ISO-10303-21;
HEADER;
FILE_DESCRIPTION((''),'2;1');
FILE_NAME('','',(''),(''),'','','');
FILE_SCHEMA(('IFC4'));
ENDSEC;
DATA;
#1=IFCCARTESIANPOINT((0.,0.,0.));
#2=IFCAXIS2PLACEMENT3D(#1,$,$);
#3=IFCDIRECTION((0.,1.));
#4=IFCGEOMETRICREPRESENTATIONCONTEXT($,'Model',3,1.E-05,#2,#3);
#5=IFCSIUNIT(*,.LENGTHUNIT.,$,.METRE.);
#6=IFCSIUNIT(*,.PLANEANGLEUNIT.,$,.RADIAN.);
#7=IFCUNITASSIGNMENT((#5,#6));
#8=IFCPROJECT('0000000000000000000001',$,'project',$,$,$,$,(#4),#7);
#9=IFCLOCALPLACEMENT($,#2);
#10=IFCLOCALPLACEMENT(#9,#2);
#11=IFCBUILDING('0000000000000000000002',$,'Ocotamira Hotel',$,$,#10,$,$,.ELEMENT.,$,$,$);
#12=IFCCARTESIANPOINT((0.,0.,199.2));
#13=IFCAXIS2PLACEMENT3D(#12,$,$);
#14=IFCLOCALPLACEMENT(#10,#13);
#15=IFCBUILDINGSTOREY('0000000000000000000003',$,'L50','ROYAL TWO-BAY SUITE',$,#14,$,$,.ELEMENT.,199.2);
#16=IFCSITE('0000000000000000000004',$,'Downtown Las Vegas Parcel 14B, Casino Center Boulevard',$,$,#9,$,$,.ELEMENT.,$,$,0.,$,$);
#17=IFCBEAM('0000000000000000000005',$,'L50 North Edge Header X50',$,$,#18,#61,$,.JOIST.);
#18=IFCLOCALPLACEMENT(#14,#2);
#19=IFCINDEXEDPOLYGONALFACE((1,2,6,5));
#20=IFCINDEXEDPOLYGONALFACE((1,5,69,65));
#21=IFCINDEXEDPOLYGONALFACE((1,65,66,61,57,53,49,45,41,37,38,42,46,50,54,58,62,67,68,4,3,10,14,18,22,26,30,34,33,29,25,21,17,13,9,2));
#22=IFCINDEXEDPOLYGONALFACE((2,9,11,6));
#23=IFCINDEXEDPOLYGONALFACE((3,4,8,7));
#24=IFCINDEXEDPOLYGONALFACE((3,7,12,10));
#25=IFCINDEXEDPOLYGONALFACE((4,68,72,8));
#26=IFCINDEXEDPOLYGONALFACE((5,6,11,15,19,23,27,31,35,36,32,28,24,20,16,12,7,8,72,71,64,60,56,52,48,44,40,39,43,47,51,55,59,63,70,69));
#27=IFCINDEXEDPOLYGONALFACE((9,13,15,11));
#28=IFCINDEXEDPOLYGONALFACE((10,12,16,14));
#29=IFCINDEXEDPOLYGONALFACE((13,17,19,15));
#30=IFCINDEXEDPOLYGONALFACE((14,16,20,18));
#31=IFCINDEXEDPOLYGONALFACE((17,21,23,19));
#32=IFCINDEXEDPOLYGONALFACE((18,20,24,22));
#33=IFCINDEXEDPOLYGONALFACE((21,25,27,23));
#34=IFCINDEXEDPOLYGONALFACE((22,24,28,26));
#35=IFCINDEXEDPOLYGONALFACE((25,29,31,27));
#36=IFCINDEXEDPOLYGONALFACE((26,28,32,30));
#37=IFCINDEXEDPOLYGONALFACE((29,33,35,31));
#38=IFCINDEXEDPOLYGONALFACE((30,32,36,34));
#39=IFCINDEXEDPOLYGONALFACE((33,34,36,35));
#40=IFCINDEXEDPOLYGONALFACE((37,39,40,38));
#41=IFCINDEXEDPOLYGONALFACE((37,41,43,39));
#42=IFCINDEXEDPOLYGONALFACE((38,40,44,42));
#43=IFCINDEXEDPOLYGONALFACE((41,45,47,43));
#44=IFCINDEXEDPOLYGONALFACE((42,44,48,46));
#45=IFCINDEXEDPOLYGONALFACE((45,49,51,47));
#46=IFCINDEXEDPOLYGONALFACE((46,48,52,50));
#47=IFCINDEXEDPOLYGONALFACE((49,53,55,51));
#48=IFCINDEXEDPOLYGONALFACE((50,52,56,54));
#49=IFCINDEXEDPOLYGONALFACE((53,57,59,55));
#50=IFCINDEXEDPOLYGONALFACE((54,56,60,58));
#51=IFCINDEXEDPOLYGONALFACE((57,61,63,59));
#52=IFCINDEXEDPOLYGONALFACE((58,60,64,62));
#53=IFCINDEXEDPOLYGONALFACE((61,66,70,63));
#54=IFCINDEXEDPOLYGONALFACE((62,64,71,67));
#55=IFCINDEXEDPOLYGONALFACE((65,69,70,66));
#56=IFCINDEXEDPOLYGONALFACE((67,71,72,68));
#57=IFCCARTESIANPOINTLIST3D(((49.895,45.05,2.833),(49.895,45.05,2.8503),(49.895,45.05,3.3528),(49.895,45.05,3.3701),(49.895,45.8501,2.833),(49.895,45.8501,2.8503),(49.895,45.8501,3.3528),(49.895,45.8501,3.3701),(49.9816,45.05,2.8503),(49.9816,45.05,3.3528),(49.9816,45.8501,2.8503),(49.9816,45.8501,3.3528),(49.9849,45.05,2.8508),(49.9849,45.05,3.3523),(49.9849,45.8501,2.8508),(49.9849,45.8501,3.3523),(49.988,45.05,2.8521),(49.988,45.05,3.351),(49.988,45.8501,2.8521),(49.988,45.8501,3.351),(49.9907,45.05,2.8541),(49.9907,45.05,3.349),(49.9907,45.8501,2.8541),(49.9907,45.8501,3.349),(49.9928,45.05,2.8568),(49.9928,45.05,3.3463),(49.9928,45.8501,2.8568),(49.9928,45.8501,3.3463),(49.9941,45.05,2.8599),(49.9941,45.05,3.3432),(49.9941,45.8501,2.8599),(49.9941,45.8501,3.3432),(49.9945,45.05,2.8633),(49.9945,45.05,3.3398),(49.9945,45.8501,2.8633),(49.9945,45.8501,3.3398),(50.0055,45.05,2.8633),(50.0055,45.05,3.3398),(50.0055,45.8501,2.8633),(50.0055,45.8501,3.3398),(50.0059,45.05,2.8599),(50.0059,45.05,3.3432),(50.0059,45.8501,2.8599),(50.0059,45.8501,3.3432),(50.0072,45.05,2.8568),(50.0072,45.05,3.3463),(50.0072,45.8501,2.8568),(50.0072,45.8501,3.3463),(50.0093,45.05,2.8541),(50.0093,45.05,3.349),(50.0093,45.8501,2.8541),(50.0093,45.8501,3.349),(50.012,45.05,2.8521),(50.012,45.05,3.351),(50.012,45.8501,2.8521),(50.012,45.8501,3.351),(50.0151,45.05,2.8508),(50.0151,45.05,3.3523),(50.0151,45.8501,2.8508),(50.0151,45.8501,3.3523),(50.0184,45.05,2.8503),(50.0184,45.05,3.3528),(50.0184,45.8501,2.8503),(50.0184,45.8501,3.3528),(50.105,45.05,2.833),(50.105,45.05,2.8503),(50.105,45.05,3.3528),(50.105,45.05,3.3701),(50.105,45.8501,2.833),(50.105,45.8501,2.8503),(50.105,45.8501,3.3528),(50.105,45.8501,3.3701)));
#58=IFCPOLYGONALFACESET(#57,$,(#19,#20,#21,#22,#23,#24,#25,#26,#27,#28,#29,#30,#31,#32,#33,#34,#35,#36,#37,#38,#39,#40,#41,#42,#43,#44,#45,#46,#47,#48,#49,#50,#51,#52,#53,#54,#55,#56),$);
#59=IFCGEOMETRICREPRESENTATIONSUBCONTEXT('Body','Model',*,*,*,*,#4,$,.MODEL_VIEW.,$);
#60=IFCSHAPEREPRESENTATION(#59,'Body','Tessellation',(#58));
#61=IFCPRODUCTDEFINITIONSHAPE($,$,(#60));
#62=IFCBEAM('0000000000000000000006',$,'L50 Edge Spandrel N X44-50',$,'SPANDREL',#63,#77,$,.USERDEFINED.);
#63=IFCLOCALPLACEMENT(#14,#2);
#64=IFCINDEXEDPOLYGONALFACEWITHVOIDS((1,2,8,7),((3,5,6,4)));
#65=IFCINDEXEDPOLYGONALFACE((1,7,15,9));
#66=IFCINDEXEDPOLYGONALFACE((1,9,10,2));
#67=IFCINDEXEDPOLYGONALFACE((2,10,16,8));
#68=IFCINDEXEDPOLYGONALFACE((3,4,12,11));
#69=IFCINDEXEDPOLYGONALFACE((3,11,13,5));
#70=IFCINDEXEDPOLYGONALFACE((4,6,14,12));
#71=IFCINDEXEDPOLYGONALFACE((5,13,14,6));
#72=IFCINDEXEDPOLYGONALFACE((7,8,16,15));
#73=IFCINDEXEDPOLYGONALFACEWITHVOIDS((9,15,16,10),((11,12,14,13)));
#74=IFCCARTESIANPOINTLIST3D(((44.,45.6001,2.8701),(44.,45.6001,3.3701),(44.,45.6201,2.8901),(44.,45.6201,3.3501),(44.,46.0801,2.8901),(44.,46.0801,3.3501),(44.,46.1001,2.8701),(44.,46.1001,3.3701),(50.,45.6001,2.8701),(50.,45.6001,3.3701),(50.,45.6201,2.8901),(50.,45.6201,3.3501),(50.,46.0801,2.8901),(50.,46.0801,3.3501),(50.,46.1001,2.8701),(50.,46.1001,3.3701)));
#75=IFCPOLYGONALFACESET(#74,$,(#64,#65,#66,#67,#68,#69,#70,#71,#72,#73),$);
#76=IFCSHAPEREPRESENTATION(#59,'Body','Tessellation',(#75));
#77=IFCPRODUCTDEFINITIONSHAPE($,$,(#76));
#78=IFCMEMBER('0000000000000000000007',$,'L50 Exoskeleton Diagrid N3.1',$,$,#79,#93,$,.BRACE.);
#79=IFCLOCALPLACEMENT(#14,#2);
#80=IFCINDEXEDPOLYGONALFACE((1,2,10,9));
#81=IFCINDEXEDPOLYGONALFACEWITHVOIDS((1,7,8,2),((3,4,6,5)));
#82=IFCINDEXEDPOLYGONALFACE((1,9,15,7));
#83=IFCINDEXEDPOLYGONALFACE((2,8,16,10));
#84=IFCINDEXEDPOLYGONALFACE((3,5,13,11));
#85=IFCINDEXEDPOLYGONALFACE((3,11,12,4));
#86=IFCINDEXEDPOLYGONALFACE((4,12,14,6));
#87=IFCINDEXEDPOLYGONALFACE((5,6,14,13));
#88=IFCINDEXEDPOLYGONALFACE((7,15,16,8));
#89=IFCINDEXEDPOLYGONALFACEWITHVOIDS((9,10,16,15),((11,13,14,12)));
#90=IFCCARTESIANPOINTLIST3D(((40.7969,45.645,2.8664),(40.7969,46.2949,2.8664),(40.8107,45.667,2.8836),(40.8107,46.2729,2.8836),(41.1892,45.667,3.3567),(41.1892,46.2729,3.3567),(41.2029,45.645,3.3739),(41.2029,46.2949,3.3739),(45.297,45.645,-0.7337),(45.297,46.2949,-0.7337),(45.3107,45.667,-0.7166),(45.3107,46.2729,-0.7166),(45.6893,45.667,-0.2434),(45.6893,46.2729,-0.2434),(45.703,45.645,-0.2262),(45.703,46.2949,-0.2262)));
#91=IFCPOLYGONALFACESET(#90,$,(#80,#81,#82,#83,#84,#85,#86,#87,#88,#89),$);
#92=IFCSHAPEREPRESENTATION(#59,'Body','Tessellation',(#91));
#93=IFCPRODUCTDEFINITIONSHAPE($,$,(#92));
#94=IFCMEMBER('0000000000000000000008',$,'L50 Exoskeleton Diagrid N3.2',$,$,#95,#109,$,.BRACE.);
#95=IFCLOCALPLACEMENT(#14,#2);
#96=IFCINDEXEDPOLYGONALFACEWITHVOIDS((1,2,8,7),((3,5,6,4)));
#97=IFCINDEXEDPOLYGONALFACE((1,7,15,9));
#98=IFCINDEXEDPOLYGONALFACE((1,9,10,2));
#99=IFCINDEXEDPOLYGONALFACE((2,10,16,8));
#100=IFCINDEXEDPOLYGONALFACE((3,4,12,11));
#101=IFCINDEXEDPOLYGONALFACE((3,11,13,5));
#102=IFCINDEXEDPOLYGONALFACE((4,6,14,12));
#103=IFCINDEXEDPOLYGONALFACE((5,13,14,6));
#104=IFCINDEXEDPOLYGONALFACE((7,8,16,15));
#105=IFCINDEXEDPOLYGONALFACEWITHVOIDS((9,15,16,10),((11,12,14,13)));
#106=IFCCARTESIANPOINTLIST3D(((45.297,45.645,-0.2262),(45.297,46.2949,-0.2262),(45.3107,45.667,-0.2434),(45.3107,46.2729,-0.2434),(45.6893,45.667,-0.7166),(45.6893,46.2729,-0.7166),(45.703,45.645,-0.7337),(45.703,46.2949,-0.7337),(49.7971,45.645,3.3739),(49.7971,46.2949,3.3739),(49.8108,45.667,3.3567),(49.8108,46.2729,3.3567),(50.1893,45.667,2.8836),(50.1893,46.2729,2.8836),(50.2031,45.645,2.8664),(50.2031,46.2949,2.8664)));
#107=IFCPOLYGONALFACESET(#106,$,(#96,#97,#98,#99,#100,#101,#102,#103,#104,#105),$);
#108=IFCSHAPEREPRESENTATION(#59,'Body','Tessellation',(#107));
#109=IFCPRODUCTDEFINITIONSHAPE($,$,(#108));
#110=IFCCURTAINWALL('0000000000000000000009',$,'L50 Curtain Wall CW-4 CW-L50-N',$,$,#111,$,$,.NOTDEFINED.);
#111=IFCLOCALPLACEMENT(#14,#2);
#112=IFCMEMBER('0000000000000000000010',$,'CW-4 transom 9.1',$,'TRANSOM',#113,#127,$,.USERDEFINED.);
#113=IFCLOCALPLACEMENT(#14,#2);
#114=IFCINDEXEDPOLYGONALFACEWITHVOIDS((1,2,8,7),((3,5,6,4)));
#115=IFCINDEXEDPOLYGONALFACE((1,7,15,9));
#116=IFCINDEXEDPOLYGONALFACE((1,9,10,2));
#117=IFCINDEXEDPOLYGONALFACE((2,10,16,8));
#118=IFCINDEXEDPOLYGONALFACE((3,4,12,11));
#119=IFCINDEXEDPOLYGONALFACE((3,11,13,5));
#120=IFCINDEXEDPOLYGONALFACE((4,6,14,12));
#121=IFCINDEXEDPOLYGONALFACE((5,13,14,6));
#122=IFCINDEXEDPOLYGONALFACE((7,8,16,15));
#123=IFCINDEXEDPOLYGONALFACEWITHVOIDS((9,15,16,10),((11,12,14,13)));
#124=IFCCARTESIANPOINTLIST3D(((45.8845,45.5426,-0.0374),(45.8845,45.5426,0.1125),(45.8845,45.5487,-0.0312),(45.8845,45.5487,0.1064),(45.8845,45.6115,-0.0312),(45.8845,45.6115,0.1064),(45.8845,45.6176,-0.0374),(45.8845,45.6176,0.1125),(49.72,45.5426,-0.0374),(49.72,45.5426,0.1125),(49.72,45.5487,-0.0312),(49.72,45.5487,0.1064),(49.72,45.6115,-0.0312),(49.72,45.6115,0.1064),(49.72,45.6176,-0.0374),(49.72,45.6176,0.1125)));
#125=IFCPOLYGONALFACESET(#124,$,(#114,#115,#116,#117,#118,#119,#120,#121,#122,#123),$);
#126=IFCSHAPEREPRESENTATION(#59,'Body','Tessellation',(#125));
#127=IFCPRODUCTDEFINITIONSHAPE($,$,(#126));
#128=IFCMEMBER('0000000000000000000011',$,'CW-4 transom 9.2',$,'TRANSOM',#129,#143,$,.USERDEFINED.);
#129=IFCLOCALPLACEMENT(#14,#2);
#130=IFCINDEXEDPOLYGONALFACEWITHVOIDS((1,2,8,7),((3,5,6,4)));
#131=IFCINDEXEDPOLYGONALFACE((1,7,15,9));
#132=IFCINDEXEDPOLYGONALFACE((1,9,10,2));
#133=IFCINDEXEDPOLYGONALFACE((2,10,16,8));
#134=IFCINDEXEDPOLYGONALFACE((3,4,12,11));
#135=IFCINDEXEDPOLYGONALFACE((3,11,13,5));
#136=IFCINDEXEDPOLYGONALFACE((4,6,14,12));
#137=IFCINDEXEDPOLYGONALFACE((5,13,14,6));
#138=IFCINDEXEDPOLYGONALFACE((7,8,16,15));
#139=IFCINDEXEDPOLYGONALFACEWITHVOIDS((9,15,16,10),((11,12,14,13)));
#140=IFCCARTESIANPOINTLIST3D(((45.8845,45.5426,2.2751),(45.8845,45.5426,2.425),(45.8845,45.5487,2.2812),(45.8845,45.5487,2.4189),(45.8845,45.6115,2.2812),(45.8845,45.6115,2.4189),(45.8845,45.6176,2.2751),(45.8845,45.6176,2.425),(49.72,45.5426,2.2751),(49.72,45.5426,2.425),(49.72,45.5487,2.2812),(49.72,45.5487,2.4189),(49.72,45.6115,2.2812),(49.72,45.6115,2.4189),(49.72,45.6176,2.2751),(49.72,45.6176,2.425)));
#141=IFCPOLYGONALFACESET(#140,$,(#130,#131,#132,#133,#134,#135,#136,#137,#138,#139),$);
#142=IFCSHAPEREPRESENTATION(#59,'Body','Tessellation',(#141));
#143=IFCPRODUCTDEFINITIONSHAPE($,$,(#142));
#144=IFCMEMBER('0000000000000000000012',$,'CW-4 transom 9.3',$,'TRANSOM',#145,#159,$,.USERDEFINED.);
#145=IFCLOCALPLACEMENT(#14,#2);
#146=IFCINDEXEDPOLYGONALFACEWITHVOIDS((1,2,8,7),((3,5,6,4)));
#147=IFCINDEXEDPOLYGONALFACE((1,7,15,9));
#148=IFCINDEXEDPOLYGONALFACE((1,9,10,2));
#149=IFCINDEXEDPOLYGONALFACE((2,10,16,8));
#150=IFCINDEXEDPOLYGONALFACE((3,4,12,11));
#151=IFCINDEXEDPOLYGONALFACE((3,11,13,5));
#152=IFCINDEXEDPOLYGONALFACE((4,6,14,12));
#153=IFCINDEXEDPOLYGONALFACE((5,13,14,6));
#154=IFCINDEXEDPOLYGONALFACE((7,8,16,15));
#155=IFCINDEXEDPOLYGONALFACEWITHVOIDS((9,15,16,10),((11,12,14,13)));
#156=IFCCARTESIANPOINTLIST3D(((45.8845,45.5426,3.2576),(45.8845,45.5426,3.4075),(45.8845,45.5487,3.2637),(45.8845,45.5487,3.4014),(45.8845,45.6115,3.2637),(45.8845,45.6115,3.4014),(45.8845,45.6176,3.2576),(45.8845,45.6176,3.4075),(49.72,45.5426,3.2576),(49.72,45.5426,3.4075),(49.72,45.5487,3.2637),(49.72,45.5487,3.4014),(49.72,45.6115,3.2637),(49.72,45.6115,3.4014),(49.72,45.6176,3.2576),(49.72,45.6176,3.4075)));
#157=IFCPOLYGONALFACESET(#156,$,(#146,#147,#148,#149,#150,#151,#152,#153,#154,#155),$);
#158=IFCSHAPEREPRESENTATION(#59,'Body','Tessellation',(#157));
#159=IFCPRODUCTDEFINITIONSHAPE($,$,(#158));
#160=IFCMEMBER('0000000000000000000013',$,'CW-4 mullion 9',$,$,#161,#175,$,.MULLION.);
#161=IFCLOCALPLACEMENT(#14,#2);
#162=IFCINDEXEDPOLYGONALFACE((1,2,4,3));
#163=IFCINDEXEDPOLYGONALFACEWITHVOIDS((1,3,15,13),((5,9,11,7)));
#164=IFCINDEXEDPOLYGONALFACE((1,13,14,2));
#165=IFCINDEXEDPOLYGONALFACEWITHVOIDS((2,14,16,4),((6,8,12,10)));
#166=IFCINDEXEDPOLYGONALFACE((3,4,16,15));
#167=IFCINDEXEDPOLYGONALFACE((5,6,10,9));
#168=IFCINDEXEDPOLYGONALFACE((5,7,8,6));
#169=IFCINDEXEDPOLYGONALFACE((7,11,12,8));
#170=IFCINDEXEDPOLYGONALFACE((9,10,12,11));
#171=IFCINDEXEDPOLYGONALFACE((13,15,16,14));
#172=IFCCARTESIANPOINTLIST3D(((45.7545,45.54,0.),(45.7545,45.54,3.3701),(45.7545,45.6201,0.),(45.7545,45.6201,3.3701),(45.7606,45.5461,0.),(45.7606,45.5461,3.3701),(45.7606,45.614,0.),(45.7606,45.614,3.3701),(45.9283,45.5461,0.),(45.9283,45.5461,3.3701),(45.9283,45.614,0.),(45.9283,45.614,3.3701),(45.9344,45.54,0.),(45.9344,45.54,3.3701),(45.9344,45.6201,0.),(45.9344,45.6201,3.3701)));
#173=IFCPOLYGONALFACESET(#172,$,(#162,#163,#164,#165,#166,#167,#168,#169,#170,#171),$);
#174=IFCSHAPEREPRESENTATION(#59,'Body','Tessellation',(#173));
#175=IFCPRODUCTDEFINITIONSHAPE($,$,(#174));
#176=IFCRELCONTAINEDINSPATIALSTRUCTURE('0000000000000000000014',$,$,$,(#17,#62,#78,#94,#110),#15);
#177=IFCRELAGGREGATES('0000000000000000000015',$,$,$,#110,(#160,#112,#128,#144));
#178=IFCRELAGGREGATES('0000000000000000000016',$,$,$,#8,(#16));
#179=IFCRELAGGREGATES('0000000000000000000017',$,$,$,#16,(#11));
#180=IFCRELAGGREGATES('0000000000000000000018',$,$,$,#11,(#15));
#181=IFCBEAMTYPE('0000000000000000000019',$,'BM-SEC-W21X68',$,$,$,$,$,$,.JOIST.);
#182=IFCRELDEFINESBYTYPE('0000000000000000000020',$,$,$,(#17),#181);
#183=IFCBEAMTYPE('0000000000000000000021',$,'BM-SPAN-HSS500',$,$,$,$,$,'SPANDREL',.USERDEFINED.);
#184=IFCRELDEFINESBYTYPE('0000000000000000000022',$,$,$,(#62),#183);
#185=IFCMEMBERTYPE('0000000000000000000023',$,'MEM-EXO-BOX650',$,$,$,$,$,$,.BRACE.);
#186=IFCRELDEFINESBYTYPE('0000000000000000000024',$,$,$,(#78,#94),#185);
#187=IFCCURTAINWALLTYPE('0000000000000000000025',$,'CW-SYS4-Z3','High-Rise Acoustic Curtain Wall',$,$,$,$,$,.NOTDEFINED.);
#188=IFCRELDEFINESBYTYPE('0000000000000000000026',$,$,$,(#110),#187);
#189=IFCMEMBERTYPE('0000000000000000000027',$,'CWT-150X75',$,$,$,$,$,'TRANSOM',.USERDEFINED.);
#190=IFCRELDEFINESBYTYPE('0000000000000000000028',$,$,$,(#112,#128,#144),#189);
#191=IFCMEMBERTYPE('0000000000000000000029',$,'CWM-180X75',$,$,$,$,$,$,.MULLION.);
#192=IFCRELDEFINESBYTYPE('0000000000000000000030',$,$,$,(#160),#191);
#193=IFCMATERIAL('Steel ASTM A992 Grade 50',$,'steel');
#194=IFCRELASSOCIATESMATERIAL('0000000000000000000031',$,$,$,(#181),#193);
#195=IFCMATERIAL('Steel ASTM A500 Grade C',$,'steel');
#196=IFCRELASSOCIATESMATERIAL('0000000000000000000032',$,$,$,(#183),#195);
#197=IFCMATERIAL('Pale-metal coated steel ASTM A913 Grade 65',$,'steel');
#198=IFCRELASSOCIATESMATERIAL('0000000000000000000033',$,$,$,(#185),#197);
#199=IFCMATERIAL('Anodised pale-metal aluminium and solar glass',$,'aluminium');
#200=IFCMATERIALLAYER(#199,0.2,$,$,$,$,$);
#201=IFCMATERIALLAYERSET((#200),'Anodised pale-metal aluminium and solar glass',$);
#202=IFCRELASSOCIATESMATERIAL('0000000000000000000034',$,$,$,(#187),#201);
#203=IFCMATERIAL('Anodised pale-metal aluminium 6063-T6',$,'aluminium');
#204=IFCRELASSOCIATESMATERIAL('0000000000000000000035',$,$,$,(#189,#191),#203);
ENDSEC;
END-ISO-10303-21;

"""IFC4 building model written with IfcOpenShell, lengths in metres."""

from ifc_helpers import new_model, si_unit, direction, frame, origin, origin_2d, place, context, subcontext, project, spatial, hollow_rectangle, i_section, extrude, source, transform, mapped, material, layer, layer_set, material_profile, profile_set, type_object, element, aggregate, save


model = new_model("IFC4")

# Units and contexts
model_context = context("Model", 3, precision=1e-05, world=origin(), true_north=direction((0.0, 1.0)))
body_context = subcontext(model_context, "Body", "Model", "MODEL_VIEW")
ifc_project = project(units=[si_unit("LENGTHUNIT", "METRE"), si_unit("PLANEANGLEUNIT", "RADIAN")], contexts=[model_context])

# Site, building, storey
site_placement = place(None, origin())
site = spatial("IfcSite", under=ifc_project, at=site_placement, Name="Downtown Las Vegas Parcel 14B, Casino Center Boulevard", CompositionType="ELEMENT", RefElevation=0.0)
building_placement = place(site_placement, origin())
building = spatial("IfcBuilding", under=site, at=building_placement, Name="Ocotamira Hotel", CompositionType="ELEMENT")
storey_placement = place(building_placement, frame((0.0, 0.0, 199.2)))
storey = spatial("IfcBuildingStorey", under=building, at=storey_placement, Name="L50", Description="ROYAL TWO-BAY SUITE", CompositionType="ELEMENT", Elevation=199.2)

# Beams
ifc_material_1 = material(Name="Steel ASTM A992 Grade 50", Category="steel")
ifc_material_profile_1 = material_profile(ifc_material_1, i_section(OverallWidth=0.21, OverallDepth=0.5371, WebThickness=0.011, FlangeThickness=0.0173, FilletRadius=0.0129, at=origin_2d()), Name="W21X68")
ifc_profile_set_1 = profile_set([ifc_material_profile_1], Name="Steel ASTM A992 Grade 50")
beam_type_1 = type_object("IfcBeamType", Name="BM-SEC-W21X68", PredefinedType="JOIST", material=ifc_profile_set_1)
shared_shape_1 = source(origin(), body_context, "Body", "SweptSolid", [
    extrude(i_section(OverallWidth=0.21, OverallDepth=0.5371, WebThickness=0.011, FlangeThickness=0.0173, FilletRadius=0.0129, at=origin_2d()), origin(), (0.0, 0.0, 1.0), 0.8),
])
for number, where, z_axis, x_axis, name in (
    (1, (50.0, 45.05, 3.1016), (0.0, 1.0, 0.0), (-1.0, 0.0, 0.0), "L50 North Edge Header X50"),
):
    element("IfcBeam", number, at=place(storey_placement, frame(where, z_axis=z_axis, x_axis=x_axis)), inside=storey, type_object=beam_type_1, Name=name, PredefinedType="JOIST", context=body_context, shape_type="MappedRepresentation", body=[
        mapped(shared_shape_1, transform((0.0, 0.0, 0.0), scale=1.0)),
    ])
ifc_material_2 = material(Name="Steel ASTM A500 Grade C", Category="steel")
ifc_material_profile_2 = material_profile(ifc_material_2, hollow_rectangle(XDim=0.5, YDim=0.5, WallThickness=0.02, at=origin_2d()), Name="HSS500X500X20")
ifc_profile_set_2 = profile_set([ifc_material_profile_2], Name="Steel ASTM A500 Grade C")
beam_type_2 = type_object("IfcBeamType", Name="BM-SPAN-HSS500", ElementType="SPANDREL", PredefinedType="USERDEFINED", material=ifc_profile_set_2)
shared_shape_2 = source(origin(), body_context, "Body", "SweptSolid", [
    extrude(hollow_rectangle(XDim=0.5, YDim=0.5, WallThickness=0.02, at=origin_2d()), origin(), (0.0, 0.0, 1.0), 6.0),
])
beam_1_placement = place(storey_placement, frame((44.0, 45.8501, 3.1201), z_axis=(1.0, 0.0, 0.0), x_axis=(0.0, 1.0, 0.0)))
element("IfcBeam", 2, at=beam_1_placement, inside=storey, type_object=beam_type_2, Name="L50 Edge Spandrel N X44-50", ObjectType="SPANDREL", PredefinedType="USERDEFINED", context=body_context, shape_type="MappedRepresentation", body=[
    mapped(shared_shape_2, transform((0.0, 0.0, 0.0), scale=1.0)),
])

# Members
ifc_material_3 = material(Name="Pale-metal coated steel ASTM A913 Grade 65", Category="steel")
ifc_material_profile_3 = material_profile(ifc_material_3, hollow_rectangle(XDim=0.6499, YDim=0.6499, WallThickness=0.022, at=origin_2d()), Name="BOX650X650X22")
ifc_profile_set_3 = profile_set([ifc_material_profile_3], Name="Pale-metal coated steel ASTM A913 Grade 65")
member_type_1 = type_object("IfcMemberType", Name="MEM-EXO-BOX650", PredefinedType="BRACE", material=ifc_profile_set_3)
shared_shape_3 = source(origin(), body_context, "Body", "SweptSolid", [
    extrude(hollow_rectangle(XDim=0.6499, YDim=0.6499, WallThickness=0.022, at=origin_2d()), origin(), (0.0, 0.0, 1.0), 5.7629),
])
for number, where, z_axis, x_axis, name in (
    (3, (45.5, 45.97, -0.48), (-0.780861, 0.0, 0.624705), (0.0, -1.0, 0.0), "L50 Exoskeleton Diagrid N3.1"),
    (4, (45.5, 45.97, -0.48), (0.780861, 0.0, 0.624705), (0.0, 1.0, 0.0), "L50 Exoskeleton Diagrid N3.2"),
):
    element("IfcMember", number, at=place(storey_placement, frame(where, z_axis=z_axis, x_axis=x_axis)), inside=storey, type_object=member_type_1, Name=name, PredefinedType="BRACE", context=body_context, shape_type="MappedRepresentation", body=[
        mapped(shared_shape_3, transform((0.0, 0.0, 0.0), scale=1.0)),
    ])

# Curtain wall, members
ifc_material_4 = material(Name="Anodised pale-metal aluminium and solar glass", Category="aluminium")
ifc_layer_1 = layer(ifc_material_4, 0.2)
ifc_layer_set_1 = layer_set([ifc_layer_1], Name="Anodised pale-metal aluminium and solar glass")
curtain_wall_type = type_object("IfcCurtainWallType", Name="CW-SYS4-Z3", Description="High-Rise Acoustic Curtain Wall", PredefinedType="NOTDEFINED", material=ifc_layer_set_1)
curtain_wall_1_placement = place(storey_placement, origin())
curtain_wall_1 = element("IfcCurtainWall", 5, at=curtain_wall_1_placement, inside=storey, type_object=curtain_wall_type, Name="L50 Curtain Wall CW-4 CW-L50-N", PredefinedType="NOTDEFINED")
ifc_material_5 = material(Name="Anodised pale-metal aluminium 6063-T6", Category="aluminium")
ifc_material_profile_4 = material_profile(ifc_material_5, hollow_rectangle(XDim=0.075, YDim=0.1499, WallThickness=0.0061, at=origin_2d()), Name="HSS150X75X6")
ifc_profile_set_4 = profile_set([ifc_material_profile_4], Name="Anodised pale-metal aluminium 6063-T6")
member_type_2 = type_object("IfcMemberType", Name="CWT-150X75", ElementType="TRANSOM", PredefinedType="USERDEFINED", material=ifc_profile_set_4)
shared_shape_4 = source(origin(), body_context, "Body", "SweptSolid", [
    extrude(hollow_rectangle(XDim=0.075, YDim=0.1499, WallThickness=0.0061, at=origin_2d()), origin(), (0.0, 0.0, 1.0), 3.8354),
])
member_1_placement = place(storey_placement, frame((45.8845, 45.5801, 0.0376), z_axis=(1.0, 0.0, 0.0), x_axis=(0.0, 1.0, 0.0)))
member_1 = element("IfcMember", 6, at=member_1_placement, type_object=member_type_2, Name="CW-4 transom 9.1", ObjectType="TRANSOM", PredefinedType="USERDEFINED", context=body_context, shape_type="MappedRepresentation", body=[
    mapped(shared_shape_4, transform((0.0, 0.0, 0.0), scale=1.0)),
])
member_2_placement = place(storey_placement, frame((45.8845, 45.5801, 2.3501), z_axis=(1.0, 0.0, 0.0), x_axis=(0.0, 1.0, 0.0)))
member_2 = element("IfcMember", 7, at=member_2_placement, type_object=member_type_2, Name="CW-4 transom 9.2", ObjectType="TRANSOM", PredefinedType="USERDEFINED", context=body_context, shape_type="MappedRepresentation", body=[
    mapped(shared_shape_4, transform((0.0, 0.0, 0.0), scale=1.0)),
])
member_3_placement = place(storey_placement, frame((45.8845, 45.5801, 3.3325), z_axis=(1.0, 0.0, 0.0), x_axis=(0.0, 1.0, 0.0)))
member_3 = element("IfcMember", 8, at=member_3_placement, type_object=member_type_2, Name="CW-4 transom 9.3", ObjectType="TRANSOM", PredefinedType="USERDEFINED", context=body_context, shape_type="MappedRepresentation", body=[
    mapped(shared_shape_4, transform((0.0, 0.0, 0.0), scale=1.0)),
])
ifc_material_profile_5 = material_profile(ifc_material_5, hollow_rectangle(XDim=0.0801, YDim=0.1799, WallThickness=0.0061, at=origin_2d()), Name="HSS180X80X6")
ifc_profile_set_5 = profile_set([ifc_material_profile_5], Name="Anodised pale-metal aluminium 6063-T6")
member_type_3 = type_object("IfcMemberType", Name="CWM-180X75", PredefinedType="MULLION", material=ifc_profile_set_5)
shared_shape_5 = source(origin(), body_context, "Body", "SweptSolid", [
    extrude(hollow_rectangle(XDim=0.0801, YDim=0.1799, WallThickness=0.0061, at=origin_2d()), origin(), (0.0, 0.0, 1.0), 3.3701),
])
member_4_placement = place(storey_placement, frame((45.8445, 45.5801, 0.0), z_axis=(0.0, 0.0, 1.0), x_axis=(0.0, 1.0, 0.0)))
member_4 = element("IfcMember", 9, at=member_4_placement, type_object=member_type_3, Name="CW-4 mullion 9", PredefinedType="MULLION", context=body_context, shape_type="MappedRepresentation", body=[
    mapped(shared_shape_5, transform((0.0, 0.0, 0.0), scale=1.0)),
])

aggregate(curtain_wall_1, [member_4, member_1, member_2, member_3])

save(model, "model.ifc")
